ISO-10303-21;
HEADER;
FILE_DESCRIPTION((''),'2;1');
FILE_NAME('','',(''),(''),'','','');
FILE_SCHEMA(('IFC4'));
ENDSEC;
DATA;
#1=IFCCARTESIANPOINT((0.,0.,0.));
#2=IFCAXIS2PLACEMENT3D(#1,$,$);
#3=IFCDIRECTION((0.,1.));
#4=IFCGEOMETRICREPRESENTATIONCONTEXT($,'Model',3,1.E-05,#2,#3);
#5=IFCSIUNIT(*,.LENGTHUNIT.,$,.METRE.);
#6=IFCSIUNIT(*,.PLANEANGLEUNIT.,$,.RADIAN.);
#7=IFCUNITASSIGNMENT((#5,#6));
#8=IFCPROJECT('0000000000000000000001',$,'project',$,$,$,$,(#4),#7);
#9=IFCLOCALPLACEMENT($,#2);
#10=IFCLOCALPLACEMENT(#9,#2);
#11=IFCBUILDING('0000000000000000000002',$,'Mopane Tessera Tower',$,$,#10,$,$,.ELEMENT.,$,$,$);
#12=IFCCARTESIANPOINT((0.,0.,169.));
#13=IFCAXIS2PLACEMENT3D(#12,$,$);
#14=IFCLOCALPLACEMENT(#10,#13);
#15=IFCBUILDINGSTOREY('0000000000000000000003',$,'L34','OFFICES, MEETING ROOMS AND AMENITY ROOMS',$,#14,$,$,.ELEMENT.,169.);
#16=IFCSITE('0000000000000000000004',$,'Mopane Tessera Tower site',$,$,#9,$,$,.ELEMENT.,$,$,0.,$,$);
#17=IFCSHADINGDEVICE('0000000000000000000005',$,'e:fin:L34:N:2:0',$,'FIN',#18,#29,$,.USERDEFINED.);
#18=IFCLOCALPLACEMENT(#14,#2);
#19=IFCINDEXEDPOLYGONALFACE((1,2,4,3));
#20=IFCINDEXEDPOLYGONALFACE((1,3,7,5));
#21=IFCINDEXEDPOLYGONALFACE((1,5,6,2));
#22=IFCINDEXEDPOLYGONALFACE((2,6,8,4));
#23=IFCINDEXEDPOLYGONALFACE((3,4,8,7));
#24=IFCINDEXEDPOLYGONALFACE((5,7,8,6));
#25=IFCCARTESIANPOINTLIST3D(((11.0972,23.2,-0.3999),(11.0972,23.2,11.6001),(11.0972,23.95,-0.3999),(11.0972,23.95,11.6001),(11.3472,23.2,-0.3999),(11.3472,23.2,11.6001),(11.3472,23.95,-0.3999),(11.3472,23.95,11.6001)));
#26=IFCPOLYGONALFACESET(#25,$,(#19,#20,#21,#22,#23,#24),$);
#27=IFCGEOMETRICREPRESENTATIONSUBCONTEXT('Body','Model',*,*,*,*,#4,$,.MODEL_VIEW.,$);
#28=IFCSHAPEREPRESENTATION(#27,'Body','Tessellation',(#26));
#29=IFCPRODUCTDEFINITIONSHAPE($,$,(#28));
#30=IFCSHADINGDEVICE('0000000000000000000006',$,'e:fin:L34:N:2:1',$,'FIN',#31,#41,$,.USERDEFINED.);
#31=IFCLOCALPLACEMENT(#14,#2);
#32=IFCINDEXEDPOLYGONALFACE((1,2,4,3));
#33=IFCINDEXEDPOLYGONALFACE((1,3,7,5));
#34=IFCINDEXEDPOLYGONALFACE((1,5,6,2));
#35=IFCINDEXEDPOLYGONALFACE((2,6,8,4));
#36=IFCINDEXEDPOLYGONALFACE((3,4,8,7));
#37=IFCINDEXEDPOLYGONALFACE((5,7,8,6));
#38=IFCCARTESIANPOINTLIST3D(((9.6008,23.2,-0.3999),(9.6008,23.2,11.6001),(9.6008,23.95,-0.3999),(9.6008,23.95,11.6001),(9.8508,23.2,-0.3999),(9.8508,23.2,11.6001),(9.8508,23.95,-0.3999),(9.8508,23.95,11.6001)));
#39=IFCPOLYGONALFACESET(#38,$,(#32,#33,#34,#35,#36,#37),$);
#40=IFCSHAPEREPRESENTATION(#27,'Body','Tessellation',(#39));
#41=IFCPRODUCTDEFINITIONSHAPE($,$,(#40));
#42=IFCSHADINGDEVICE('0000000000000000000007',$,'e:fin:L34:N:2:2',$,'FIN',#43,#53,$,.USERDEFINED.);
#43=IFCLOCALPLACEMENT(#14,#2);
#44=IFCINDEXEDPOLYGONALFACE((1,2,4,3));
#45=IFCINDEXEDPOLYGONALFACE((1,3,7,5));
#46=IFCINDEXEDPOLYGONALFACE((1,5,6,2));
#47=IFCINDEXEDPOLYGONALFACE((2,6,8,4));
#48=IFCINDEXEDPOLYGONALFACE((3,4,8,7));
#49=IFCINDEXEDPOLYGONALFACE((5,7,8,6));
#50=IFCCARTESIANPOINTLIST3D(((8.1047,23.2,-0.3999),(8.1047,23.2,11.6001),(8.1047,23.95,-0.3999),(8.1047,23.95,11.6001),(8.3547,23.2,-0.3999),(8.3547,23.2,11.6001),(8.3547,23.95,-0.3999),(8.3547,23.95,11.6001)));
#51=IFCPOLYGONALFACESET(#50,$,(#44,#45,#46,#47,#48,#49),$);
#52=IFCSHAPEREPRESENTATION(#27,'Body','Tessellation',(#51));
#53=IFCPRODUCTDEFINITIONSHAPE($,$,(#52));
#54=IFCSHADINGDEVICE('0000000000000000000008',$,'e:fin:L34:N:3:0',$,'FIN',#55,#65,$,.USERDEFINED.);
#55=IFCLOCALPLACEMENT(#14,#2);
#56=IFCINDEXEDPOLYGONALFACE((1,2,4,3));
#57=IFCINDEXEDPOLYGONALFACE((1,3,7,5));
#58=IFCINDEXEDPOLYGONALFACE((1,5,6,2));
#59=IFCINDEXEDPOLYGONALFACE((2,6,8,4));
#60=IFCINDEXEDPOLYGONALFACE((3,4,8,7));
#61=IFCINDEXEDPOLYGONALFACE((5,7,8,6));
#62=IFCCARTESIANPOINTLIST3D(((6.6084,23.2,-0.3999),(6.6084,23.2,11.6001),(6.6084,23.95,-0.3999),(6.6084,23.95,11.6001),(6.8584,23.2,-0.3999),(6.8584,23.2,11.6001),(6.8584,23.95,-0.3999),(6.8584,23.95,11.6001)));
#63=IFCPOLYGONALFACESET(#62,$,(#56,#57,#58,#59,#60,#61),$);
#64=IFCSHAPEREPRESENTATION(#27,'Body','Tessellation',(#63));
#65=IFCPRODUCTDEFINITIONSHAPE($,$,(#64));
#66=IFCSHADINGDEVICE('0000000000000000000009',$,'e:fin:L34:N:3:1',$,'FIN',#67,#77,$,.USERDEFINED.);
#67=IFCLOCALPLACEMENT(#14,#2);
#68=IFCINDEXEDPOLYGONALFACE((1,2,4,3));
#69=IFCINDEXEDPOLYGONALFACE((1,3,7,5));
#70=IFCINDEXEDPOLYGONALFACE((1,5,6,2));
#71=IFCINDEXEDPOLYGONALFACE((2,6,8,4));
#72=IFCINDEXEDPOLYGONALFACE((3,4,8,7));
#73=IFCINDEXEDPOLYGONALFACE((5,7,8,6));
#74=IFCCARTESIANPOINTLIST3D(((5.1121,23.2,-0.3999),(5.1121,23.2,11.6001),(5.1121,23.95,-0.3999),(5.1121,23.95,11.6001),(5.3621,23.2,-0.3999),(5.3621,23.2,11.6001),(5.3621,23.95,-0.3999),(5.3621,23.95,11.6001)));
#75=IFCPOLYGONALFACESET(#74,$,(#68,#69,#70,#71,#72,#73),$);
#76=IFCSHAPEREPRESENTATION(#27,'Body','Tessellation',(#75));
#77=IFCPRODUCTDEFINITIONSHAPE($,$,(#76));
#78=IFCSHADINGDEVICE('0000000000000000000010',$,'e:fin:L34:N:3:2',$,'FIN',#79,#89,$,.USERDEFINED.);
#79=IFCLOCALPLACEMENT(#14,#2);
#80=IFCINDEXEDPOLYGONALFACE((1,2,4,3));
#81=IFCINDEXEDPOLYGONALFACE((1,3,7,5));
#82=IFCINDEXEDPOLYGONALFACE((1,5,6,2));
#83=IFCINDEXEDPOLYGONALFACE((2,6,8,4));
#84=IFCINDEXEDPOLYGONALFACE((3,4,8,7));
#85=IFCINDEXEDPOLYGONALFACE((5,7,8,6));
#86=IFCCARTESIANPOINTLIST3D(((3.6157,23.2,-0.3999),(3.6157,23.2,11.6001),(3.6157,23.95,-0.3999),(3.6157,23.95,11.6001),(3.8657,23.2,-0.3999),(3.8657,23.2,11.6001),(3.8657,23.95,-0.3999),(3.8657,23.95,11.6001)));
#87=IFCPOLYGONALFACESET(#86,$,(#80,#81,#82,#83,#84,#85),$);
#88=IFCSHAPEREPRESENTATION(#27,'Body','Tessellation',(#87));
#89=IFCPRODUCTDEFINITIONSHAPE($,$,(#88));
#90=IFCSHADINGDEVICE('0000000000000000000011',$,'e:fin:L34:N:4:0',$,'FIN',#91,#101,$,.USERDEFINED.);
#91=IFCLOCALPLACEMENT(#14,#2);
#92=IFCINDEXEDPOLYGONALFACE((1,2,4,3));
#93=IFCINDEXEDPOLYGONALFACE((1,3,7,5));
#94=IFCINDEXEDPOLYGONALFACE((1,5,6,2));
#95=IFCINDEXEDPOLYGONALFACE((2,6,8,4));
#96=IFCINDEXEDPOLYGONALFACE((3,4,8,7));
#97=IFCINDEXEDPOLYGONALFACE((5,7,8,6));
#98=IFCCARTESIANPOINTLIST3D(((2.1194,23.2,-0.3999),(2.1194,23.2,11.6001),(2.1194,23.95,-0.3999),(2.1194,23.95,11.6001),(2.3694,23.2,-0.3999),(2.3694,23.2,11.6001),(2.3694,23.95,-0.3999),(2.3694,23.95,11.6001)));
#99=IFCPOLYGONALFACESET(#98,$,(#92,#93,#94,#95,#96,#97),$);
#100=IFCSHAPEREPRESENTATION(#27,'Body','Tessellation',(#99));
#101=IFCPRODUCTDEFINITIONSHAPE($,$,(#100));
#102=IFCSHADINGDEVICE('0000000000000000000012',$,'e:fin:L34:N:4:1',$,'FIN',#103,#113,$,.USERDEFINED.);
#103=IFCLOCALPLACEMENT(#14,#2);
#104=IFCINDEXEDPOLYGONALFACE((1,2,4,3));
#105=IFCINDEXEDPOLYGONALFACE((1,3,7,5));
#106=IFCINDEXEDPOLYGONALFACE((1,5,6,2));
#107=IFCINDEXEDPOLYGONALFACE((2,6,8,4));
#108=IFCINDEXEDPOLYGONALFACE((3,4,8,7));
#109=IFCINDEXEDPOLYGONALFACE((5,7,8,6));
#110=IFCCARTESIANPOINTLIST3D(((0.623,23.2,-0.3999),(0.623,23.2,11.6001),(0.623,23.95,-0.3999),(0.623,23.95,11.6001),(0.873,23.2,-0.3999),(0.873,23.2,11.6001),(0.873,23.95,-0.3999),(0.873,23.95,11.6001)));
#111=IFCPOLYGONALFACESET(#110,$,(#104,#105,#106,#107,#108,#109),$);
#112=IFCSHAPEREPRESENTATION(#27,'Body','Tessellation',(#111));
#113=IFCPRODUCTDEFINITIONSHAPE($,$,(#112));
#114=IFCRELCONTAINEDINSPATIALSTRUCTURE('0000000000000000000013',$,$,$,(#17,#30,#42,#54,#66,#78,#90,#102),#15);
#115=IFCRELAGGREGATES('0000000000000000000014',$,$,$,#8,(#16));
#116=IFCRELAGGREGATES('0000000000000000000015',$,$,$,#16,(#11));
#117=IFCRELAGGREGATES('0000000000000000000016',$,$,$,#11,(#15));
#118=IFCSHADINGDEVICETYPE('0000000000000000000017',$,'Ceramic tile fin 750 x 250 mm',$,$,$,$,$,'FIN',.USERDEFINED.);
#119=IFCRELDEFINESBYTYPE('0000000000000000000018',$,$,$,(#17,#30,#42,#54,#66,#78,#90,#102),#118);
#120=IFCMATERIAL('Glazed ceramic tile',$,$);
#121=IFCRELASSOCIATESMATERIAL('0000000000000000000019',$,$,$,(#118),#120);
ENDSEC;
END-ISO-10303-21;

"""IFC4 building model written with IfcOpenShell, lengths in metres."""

from ifc_helpers import new_model, si_unit, direction, frame, origin, origin_2d, place, context, subcontext, project, spatial, rectangle, extrude, material, type_object, element, save


model = new_model("IFC4")

# Units and contexts
model_context = context("Model", 3, precision=1e-05, world=origin(), true_north=direction((0.0, 1.0)))
body_context = subcontext(model_context, "Body", "Model", "MODEL_VIEW")
ifc_project = project(units=[si_unit("LENGTHUNIT", "METRE"), si_unit("PLANEANGLEUNIT", "RADIAN")], contexts=[model_context])

# Site, building, storey
site_placement = place(None, origin())
site = spatial("IfcSite", under=ifc_project, at=site_placement, Name="Mopane Tessera Tower site", CompositionType="ELEMENT", RefElevation=0.0)
building_placement = place(site_placement, origin())
building = spatial("IfcBuilding", under=site, at=building_placement, Name="Mopane Tessera Tower", CompositionType="ELEMENT")
storey_placement = place(building_placement, frame((0.0, 0.0, 169.0)))
storey = spatial("IfcBuildingStorey", under=building, at=storey_placement, Name="L34", Description="OFFICES, MEETING ROOMS AND AMENITY ROOMS", CompositionType="ELEMENT", Elevation=169.0)

# Shading devices
ifc_material_1 = material(Name="Glazed ceramic tile")
shading_device_type = type_object("IfcShadingDeviceType", Name="Ceramic tile fin 750 x 250 mm", ElementType="FIN", PredefinedType="USERDEFINED", material=ifc_material_1)
for number, where, z_axis, x_axis, name in (
    (1, (11.2222, 23.575, -0.3999), (0.0, 0.0, 1.0), (-1.0, 0.0, 0.0), "e:fin:L34:N:2:0"),
    (2, (9.7258, 23.575, -0.3999), (0.0, 0.0, 1.0), (-1.0, 0.0, 0.0), "e:fin:L34:N:2:1"),
    (3, (8.2297, 23.575, -0.3999), (0.0, 0.0, 1.0), (-1.0, 0.0, 0.0), "e:fin:L34:N:2:2"),
    (4, (6.7334, 23.575, -0.3999), (0.0, 0.0, 1.0), (-1.0, 0.0, 0.0), "e:fin:L34:N:3:0"),
    (5, (5.2371, 23.575, -0.3999), (0.0, 0.0, 1.0), (-1.0, 0.0, 0.0), "e:fin:L34:N:3:1"),
    (6, (3.7407, 23.575, -0.3999), (0.0, 0.0, 1.0), (-1.0, 0.0, 0.0), "e:fin:L34:N:3:2"),
    (7, (2.2444, 23.575, -0.3999), (0.0, 0.0, 1.0), (-1.0, 0.0, 0.0), "e:fin:L34:N:4:0"),
    (8, (0.748, 23.575, -0.3999), (0.0, 0.0, 1.0), (-1.0, 0.0, 0.0), "e:fin:L34:N:4:1"),
):
    element("IfcShadingDevice", number, at=place(storey_placement, frame(where, z_axis=z_axis, x_axis=x_axis)), inside=storey, type_object=shading_device_type, Name=name, ObjectType="FIN", PredefinedType="USERDEFINED", context=body_context, shape_type="SweptSolid", body=[
        extrude(rectangle(XDim=0.25, YDim=0.75, at=origin_2d()), origin(), (0.0, 0.0, 1.0), 12.0),
    ])

save(model, "model.ifc")
